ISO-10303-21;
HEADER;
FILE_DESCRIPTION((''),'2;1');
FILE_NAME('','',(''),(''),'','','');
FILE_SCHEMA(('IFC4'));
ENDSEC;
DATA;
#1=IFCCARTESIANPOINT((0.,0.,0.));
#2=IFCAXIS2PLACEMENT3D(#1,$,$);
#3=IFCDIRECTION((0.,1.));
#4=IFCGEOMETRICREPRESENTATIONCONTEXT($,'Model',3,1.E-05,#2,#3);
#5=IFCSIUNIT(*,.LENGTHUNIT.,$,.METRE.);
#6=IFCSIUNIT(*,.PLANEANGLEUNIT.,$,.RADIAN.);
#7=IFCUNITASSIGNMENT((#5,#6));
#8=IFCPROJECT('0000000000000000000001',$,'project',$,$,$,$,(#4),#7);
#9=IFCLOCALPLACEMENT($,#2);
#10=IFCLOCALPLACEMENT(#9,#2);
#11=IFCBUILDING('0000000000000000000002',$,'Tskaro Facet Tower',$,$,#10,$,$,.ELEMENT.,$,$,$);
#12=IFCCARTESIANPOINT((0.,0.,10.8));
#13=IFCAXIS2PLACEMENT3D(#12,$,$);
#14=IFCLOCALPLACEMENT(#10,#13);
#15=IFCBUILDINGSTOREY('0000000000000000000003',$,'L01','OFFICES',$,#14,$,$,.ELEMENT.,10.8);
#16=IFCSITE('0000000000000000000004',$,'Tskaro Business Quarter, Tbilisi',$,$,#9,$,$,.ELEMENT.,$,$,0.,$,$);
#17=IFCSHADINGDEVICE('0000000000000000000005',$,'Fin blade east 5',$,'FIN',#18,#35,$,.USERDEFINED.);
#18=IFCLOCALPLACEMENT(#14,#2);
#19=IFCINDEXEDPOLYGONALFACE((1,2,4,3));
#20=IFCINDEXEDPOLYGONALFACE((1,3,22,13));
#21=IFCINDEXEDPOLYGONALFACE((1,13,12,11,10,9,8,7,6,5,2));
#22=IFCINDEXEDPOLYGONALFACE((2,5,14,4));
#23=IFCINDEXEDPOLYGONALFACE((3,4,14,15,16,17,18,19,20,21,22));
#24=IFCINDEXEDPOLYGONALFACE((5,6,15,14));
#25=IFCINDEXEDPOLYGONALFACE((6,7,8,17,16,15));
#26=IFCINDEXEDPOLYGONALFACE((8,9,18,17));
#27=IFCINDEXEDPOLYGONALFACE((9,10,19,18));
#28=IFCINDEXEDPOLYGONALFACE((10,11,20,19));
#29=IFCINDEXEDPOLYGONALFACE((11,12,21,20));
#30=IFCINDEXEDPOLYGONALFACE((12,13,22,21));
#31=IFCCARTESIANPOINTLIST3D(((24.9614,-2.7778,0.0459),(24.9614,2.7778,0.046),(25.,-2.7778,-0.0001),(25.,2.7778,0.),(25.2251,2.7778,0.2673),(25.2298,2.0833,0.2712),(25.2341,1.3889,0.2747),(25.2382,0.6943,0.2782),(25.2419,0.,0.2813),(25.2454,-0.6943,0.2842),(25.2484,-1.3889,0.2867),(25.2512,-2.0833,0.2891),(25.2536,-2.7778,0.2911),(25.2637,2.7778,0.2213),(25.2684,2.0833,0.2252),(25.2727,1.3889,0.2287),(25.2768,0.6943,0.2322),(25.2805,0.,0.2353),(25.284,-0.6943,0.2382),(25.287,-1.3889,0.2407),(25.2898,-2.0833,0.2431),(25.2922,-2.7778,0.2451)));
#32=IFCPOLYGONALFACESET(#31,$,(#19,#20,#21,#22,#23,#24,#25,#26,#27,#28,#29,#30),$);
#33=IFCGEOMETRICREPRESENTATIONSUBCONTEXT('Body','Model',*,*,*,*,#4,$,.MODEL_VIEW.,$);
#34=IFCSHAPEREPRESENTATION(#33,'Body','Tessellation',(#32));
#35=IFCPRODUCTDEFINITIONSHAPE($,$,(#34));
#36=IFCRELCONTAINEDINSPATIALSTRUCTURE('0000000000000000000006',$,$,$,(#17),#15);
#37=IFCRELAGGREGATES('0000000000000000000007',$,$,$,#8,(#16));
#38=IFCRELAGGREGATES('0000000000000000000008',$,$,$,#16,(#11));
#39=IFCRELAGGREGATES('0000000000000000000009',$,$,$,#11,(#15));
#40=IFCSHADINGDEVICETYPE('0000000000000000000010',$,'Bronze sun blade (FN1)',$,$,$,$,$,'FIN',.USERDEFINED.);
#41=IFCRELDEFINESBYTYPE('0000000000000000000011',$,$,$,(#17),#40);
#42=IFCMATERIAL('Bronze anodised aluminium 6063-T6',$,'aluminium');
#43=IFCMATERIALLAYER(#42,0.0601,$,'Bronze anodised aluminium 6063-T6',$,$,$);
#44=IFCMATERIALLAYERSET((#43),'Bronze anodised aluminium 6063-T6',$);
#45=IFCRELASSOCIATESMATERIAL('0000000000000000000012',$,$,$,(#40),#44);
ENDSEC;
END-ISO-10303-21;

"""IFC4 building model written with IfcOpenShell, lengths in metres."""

from ifc_helpers import new_model, si_unit, direction, frame, origin, place, context, subcontext, project, spatial, polyline, outline, extrude, material, layer, layer_set, type_object, element, save


model = new_model("IFC4")

# Units and contexts
model_context = context("Model", 3, precision=1e-05, world=origin(), true_north=direction((0.0, 1.0)))
body_context = subcontext(model_context, "Body", "Model", "MODEL_VIEW")
ifc_project = project(units=[si_unit("LENGTHUNIT", "METRE"), si_unit("PLANEANGLEUNIT", "RADIAN")], contexts=[model_context])

# Site, building, storey
site_placement = place(None, origin())
site = spatial("IfcSite", under=ifc_project, at=site_placement, Name="Tskaro Business Quarter, Tbilisi", CompositionType="ELEMENT", RefElevation=0.0)
building_placement = place(site_placement, origin())
building = spatial("IfcBuilding", under=site, at=building_placement, Name="Tskaro Facet Tower", CompositionType="ELEMENT")
storey_placement = place(building_placement, frame((0.0, 0.0, 10.8)))
storey = spatial("IfcBuildingStorey", under=building, at=storey_placement, Name="L01", Description="OFFICES", CompositionType="ELEMENT", Elevation=10.8)

# Shared definitions
ifc_material_1 = material(Name="Bronze anodised aluminium 6063-T6", Category="aluminium")

# Shading device
ifc_layer_1 = layer(ifc_material_1, 0.0601, Name="Bronze anodised aluminium 6063-T6")
ifc_layer_set_1 = layer_set([ifc_layer_1], Name="Bronze anodised aluminium 6063-T6")
shading_device_type = type_object("IfcShadingDeviceType", Name="Bronze sun blade (FN1)", ElementType="FIN", PredefinedType="USERDEFINED", material=ifc_layer_set_1)
shading_device_1_placement = place(storey_placement, frame((24.9614, -2.7778, 0.0459), z_axis=(-0.642759, -0.000019, 0.766069), x_axis=(-0.000012, 1.0, 0.000015)))
element("IfcShadingDevice", 1, at=shading_device_1_placement, inside=storey, type_object=shading_device_type, Name="Fin blade east 5", ObjectType="FIN", PredefinedType="USERDEFINED", context=body_context, shape_type="SweptSolid", body=[
    extrude(outline(polyline([(0.0, 0.0), (5.5557, 0.0), (5.5557, -0.3443), (4.8611, -0.3504), (4.1667, -0.3559), (3.4722, -0.3613), (2.7778, -0.3662), (2.0835, -0.3707), (1.3889, -0.3747), (0.6946, -0.3783), (0.0, -0.3814), (0.0, 0.0)])), origin(), (0.0, 0.0, -1.0), 0.0601),
])

save(model, "model.ifc")
